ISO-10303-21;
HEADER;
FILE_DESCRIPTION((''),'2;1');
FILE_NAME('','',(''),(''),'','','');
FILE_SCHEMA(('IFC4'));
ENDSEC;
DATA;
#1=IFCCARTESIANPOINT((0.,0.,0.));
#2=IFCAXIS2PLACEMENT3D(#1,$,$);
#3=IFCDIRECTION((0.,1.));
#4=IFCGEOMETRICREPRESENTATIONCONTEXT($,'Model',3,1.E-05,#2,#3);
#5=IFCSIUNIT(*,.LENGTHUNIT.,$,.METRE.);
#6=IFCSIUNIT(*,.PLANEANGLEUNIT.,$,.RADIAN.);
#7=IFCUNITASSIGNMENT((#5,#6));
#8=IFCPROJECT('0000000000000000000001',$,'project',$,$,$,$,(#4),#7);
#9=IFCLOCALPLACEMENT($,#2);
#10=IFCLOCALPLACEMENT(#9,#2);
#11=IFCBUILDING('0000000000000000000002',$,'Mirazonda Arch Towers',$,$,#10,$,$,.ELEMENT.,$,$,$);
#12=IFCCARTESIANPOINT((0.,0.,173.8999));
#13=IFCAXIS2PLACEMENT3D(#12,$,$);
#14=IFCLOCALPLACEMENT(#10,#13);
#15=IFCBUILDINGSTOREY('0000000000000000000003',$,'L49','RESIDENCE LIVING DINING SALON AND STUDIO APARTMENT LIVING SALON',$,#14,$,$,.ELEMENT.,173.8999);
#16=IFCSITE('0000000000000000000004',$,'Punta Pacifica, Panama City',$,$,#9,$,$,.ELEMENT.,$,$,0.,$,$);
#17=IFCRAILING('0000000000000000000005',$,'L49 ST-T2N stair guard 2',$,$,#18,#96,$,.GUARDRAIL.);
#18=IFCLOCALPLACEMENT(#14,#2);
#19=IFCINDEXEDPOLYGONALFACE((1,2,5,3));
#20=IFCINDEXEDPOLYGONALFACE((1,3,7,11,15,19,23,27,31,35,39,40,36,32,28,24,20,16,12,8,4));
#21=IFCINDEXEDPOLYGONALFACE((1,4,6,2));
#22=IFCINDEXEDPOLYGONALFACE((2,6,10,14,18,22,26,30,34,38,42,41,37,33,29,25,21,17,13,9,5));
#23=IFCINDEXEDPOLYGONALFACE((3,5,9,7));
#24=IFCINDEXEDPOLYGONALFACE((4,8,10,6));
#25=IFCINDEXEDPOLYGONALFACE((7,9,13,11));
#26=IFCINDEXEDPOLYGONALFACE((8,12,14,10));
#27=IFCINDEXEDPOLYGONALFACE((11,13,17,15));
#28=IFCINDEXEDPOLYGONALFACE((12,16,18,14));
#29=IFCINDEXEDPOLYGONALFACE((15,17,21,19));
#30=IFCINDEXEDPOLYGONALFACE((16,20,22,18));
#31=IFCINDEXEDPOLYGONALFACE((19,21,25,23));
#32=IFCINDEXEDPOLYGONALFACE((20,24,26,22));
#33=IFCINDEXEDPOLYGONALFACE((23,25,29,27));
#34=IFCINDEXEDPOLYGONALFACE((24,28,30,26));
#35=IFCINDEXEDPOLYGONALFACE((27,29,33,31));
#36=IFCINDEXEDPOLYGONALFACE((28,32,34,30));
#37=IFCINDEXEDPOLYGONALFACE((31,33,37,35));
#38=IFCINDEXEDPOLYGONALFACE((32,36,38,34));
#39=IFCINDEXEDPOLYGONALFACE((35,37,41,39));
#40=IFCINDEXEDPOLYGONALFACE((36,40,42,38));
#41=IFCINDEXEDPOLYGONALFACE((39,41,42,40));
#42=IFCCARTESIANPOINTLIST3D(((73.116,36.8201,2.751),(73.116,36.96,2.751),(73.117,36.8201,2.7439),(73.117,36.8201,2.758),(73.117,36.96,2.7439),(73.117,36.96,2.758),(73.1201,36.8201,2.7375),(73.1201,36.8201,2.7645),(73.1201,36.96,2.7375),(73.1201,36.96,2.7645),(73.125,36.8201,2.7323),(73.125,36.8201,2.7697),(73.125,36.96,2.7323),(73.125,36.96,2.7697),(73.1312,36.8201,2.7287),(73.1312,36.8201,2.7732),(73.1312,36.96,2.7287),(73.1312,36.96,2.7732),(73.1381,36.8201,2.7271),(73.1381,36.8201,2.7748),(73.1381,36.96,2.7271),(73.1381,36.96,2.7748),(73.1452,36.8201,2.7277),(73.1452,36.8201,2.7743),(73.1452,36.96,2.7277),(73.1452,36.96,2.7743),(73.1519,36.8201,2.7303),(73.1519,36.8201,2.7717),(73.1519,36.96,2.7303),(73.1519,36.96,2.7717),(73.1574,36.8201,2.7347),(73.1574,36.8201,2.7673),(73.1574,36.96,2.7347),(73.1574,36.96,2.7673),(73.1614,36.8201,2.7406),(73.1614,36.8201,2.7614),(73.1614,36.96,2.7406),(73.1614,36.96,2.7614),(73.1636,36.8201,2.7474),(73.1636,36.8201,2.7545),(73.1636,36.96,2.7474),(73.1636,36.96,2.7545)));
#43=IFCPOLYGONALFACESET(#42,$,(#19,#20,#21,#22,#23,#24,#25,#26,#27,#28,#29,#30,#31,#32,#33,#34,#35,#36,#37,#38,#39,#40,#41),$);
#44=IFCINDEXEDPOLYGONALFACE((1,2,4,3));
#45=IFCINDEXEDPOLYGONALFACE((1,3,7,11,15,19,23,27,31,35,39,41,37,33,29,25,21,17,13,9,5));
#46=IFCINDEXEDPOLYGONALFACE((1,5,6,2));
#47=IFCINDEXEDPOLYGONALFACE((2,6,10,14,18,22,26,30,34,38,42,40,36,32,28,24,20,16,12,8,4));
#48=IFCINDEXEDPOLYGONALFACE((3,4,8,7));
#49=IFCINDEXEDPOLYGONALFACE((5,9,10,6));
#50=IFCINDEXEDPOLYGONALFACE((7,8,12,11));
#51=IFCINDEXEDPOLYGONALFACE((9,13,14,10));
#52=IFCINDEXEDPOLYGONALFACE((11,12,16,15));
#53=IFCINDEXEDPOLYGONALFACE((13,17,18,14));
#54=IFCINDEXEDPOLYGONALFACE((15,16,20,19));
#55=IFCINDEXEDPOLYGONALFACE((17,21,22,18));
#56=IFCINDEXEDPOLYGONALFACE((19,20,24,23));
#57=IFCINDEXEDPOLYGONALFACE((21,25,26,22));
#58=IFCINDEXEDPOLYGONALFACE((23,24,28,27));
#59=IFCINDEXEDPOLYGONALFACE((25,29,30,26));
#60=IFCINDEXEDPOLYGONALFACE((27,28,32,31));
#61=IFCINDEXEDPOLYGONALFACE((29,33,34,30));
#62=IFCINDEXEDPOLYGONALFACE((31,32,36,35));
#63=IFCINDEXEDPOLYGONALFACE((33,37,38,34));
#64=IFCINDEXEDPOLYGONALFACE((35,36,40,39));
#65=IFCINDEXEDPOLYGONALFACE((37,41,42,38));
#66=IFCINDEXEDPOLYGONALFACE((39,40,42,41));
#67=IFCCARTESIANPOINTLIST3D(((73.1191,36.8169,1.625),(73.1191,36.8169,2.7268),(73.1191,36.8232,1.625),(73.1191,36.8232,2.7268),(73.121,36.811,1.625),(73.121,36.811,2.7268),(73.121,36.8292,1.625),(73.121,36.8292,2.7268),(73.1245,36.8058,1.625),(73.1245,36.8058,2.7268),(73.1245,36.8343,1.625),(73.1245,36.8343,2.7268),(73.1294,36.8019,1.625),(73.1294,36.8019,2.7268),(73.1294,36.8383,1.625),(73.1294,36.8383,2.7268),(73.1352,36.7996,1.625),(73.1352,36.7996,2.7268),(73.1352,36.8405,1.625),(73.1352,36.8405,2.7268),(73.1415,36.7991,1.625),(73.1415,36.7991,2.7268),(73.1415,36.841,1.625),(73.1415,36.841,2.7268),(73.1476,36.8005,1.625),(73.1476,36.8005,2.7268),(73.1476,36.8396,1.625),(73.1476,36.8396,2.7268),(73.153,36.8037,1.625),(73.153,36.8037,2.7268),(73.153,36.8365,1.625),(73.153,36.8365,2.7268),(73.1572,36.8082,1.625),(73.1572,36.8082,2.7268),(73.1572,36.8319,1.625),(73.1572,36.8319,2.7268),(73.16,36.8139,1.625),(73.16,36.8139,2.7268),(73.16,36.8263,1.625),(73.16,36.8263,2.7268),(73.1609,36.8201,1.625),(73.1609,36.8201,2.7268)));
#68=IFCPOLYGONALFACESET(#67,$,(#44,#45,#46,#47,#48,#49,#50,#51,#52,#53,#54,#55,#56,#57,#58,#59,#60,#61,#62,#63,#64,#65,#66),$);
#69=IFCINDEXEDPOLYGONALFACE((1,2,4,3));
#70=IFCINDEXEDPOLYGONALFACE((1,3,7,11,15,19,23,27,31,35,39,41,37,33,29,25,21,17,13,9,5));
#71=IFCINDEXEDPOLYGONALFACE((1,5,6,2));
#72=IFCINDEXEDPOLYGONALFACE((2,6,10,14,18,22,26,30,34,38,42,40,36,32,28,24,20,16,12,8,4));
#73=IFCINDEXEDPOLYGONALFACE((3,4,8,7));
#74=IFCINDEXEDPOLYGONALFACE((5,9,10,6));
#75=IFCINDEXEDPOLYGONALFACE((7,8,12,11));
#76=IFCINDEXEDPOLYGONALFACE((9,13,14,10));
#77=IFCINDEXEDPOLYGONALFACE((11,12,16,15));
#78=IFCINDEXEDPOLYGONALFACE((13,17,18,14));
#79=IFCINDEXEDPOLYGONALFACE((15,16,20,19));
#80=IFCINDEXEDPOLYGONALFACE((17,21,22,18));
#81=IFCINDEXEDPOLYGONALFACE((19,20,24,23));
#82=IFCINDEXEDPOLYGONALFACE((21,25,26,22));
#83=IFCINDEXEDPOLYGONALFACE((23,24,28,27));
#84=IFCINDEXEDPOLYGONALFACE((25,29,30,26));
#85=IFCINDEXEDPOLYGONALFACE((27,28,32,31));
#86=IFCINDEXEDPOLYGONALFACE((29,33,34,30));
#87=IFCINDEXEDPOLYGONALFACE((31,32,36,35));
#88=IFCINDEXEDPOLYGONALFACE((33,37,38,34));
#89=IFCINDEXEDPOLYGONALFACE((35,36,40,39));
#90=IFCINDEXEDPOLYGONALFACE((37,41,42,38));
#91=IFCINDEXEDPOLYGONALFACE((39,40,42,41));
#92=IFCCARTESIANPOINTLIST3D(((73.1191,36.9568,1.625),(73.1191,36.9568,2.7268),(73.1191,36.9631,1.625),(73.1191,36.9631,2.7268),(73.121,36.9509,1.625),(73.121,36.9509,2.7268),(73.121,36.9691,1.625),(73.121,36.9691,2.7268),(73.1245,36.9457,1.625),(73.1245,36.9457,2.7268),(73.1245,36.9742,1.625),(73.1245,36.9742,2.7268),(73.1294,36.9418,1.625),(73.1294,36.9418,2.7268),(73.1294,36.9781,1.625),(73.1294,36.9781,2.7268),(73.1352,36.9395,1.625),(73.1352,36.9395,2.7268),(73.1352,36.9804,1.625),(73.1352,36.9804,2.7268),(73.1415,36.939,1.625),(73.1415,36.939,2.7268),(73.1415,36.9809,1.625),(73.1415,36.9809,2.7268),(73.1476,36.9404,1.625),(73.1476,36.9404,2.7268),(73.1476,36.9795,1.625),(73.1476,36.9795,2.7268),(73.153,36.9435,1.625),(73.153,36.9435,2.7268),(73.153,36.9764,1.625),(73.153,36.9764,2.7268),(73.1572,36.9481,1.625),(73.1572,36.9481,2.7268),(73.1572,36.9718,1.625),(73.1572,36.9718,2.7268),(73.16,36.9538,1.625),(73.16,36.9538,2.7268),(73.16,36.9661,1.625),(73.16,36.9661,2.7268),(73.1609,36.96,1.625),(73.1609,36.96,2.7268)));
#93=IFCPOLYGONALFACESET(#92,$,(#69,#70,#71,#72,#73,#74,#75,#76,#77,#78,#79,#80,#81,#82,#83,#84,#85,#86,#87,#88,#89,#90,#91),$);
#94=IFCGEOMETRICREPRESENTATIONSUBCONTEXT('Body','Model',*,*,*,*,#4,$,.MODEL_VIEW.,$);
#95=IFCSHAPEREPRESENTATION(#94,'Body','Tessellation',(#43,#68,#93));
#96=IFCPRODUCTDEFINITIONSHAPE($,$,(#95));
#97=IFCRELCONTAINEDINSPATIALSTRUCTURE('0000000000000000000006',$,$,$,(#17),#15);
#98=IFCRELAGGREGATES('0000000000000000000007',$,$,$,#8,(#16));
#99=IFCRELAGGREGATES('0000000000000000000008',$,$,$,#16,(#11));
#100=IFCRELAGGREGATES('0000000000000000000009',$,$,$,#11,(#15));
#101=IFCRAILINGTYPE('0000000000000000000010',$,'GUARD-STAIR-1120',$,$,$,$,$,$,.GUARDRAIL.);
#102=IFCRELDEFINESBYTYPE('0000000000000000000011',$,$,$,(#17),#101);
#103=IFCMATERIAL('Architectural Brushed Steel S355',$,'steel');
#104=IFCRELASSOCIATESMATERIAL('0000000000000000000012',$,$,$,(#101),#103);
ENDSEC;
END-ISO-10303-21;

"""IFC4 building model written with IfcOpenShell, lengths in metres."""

from ifc_helpers import new_model, si_unit, direction, frame, origin, origin_2d, place, context, subcontext, project, spatial, circle, extrude, material, type_object, element, save


model = new_model("IFC4")

# Units and contexts
model_context = context("Model", 3, precision=1e-05, world=origin(), true_north=direction((0.0, 1.0)))
body_context = subcontext(model_context, "Body", "Model", "MODEL_VIEW")
ifc_project = project(units=[si_unit("LENGTHUNIT", "METRE"), si_unit("PLANEANGLEUNIT", "RADIAN")], contexts=[model_context])

# Site, building, storey
site_placement = place(None, origin())
site = spatial("IfcSite", under=ifc_project, at=site_placement, Name="Punta Pacifica, Panama City", CompositionType="ELEMENT", RefElevation=0.0)
building_placement = place(site_placement, origin())
building = spatial("IfcBuilding", under=site, at=building_placement, Name="Mirazonda Arch Towers", CompositionType="ELEMENT")
storey_placement = place(building_placement, frame((0.0, 0.0, 173.8999)))
storey = spatial("IfcBuildingStorey", under=building, at=storey_placement, Name="L49", Description="RESIDENCE LIVING DINING SALON AND STUDIO APARTMENT LIVING SALON", CompositionType="ELEMENT", Elevation=173.8999)

# Shared definitions
ifc_material_1 = material(Name="Architectural Brushed Steel S355", Category="steel")

# Railing
railing_type_1 = type_object("IfcRailingType", Name="GUARD-STAIR-1120", PredefinedType="GUARDRAIL", material=ifc_material_1)
railing_1_placement = place(storey_placement, frame((73.1399, 36.8201, 1.625)))
element("IfcRailing", 1, at=railing_1_placement, inside=storey, type_object=railing_type_1, Name="L49 ST-T2N stair guard 2", PredefinedType="GUARDRAIL", context=body_context, shape_type="SweptSolid", body=[
    extrude(circle(Radius=0.0239, at=origin_2d()), frame((0.0, 0.0, 1.126), z_axis=(0.0, 1.0, 0.0), x_axis=(-1.0, 0.0, 0.0)), (0.0, 0.0, 1.0), 0.1399),
    extrude(circle(Radius=0.021, at=origin_2d()), origin(), (0.0, 0.0, 1.0), 1.1018),
    extrude(circle(Radius=0.021, at=origin_2d()), frame((0.0, 0.1399, 0.0)), (0.0, 0.0, 1.0), 1.1018),
])

save(model, "model.ifc")
